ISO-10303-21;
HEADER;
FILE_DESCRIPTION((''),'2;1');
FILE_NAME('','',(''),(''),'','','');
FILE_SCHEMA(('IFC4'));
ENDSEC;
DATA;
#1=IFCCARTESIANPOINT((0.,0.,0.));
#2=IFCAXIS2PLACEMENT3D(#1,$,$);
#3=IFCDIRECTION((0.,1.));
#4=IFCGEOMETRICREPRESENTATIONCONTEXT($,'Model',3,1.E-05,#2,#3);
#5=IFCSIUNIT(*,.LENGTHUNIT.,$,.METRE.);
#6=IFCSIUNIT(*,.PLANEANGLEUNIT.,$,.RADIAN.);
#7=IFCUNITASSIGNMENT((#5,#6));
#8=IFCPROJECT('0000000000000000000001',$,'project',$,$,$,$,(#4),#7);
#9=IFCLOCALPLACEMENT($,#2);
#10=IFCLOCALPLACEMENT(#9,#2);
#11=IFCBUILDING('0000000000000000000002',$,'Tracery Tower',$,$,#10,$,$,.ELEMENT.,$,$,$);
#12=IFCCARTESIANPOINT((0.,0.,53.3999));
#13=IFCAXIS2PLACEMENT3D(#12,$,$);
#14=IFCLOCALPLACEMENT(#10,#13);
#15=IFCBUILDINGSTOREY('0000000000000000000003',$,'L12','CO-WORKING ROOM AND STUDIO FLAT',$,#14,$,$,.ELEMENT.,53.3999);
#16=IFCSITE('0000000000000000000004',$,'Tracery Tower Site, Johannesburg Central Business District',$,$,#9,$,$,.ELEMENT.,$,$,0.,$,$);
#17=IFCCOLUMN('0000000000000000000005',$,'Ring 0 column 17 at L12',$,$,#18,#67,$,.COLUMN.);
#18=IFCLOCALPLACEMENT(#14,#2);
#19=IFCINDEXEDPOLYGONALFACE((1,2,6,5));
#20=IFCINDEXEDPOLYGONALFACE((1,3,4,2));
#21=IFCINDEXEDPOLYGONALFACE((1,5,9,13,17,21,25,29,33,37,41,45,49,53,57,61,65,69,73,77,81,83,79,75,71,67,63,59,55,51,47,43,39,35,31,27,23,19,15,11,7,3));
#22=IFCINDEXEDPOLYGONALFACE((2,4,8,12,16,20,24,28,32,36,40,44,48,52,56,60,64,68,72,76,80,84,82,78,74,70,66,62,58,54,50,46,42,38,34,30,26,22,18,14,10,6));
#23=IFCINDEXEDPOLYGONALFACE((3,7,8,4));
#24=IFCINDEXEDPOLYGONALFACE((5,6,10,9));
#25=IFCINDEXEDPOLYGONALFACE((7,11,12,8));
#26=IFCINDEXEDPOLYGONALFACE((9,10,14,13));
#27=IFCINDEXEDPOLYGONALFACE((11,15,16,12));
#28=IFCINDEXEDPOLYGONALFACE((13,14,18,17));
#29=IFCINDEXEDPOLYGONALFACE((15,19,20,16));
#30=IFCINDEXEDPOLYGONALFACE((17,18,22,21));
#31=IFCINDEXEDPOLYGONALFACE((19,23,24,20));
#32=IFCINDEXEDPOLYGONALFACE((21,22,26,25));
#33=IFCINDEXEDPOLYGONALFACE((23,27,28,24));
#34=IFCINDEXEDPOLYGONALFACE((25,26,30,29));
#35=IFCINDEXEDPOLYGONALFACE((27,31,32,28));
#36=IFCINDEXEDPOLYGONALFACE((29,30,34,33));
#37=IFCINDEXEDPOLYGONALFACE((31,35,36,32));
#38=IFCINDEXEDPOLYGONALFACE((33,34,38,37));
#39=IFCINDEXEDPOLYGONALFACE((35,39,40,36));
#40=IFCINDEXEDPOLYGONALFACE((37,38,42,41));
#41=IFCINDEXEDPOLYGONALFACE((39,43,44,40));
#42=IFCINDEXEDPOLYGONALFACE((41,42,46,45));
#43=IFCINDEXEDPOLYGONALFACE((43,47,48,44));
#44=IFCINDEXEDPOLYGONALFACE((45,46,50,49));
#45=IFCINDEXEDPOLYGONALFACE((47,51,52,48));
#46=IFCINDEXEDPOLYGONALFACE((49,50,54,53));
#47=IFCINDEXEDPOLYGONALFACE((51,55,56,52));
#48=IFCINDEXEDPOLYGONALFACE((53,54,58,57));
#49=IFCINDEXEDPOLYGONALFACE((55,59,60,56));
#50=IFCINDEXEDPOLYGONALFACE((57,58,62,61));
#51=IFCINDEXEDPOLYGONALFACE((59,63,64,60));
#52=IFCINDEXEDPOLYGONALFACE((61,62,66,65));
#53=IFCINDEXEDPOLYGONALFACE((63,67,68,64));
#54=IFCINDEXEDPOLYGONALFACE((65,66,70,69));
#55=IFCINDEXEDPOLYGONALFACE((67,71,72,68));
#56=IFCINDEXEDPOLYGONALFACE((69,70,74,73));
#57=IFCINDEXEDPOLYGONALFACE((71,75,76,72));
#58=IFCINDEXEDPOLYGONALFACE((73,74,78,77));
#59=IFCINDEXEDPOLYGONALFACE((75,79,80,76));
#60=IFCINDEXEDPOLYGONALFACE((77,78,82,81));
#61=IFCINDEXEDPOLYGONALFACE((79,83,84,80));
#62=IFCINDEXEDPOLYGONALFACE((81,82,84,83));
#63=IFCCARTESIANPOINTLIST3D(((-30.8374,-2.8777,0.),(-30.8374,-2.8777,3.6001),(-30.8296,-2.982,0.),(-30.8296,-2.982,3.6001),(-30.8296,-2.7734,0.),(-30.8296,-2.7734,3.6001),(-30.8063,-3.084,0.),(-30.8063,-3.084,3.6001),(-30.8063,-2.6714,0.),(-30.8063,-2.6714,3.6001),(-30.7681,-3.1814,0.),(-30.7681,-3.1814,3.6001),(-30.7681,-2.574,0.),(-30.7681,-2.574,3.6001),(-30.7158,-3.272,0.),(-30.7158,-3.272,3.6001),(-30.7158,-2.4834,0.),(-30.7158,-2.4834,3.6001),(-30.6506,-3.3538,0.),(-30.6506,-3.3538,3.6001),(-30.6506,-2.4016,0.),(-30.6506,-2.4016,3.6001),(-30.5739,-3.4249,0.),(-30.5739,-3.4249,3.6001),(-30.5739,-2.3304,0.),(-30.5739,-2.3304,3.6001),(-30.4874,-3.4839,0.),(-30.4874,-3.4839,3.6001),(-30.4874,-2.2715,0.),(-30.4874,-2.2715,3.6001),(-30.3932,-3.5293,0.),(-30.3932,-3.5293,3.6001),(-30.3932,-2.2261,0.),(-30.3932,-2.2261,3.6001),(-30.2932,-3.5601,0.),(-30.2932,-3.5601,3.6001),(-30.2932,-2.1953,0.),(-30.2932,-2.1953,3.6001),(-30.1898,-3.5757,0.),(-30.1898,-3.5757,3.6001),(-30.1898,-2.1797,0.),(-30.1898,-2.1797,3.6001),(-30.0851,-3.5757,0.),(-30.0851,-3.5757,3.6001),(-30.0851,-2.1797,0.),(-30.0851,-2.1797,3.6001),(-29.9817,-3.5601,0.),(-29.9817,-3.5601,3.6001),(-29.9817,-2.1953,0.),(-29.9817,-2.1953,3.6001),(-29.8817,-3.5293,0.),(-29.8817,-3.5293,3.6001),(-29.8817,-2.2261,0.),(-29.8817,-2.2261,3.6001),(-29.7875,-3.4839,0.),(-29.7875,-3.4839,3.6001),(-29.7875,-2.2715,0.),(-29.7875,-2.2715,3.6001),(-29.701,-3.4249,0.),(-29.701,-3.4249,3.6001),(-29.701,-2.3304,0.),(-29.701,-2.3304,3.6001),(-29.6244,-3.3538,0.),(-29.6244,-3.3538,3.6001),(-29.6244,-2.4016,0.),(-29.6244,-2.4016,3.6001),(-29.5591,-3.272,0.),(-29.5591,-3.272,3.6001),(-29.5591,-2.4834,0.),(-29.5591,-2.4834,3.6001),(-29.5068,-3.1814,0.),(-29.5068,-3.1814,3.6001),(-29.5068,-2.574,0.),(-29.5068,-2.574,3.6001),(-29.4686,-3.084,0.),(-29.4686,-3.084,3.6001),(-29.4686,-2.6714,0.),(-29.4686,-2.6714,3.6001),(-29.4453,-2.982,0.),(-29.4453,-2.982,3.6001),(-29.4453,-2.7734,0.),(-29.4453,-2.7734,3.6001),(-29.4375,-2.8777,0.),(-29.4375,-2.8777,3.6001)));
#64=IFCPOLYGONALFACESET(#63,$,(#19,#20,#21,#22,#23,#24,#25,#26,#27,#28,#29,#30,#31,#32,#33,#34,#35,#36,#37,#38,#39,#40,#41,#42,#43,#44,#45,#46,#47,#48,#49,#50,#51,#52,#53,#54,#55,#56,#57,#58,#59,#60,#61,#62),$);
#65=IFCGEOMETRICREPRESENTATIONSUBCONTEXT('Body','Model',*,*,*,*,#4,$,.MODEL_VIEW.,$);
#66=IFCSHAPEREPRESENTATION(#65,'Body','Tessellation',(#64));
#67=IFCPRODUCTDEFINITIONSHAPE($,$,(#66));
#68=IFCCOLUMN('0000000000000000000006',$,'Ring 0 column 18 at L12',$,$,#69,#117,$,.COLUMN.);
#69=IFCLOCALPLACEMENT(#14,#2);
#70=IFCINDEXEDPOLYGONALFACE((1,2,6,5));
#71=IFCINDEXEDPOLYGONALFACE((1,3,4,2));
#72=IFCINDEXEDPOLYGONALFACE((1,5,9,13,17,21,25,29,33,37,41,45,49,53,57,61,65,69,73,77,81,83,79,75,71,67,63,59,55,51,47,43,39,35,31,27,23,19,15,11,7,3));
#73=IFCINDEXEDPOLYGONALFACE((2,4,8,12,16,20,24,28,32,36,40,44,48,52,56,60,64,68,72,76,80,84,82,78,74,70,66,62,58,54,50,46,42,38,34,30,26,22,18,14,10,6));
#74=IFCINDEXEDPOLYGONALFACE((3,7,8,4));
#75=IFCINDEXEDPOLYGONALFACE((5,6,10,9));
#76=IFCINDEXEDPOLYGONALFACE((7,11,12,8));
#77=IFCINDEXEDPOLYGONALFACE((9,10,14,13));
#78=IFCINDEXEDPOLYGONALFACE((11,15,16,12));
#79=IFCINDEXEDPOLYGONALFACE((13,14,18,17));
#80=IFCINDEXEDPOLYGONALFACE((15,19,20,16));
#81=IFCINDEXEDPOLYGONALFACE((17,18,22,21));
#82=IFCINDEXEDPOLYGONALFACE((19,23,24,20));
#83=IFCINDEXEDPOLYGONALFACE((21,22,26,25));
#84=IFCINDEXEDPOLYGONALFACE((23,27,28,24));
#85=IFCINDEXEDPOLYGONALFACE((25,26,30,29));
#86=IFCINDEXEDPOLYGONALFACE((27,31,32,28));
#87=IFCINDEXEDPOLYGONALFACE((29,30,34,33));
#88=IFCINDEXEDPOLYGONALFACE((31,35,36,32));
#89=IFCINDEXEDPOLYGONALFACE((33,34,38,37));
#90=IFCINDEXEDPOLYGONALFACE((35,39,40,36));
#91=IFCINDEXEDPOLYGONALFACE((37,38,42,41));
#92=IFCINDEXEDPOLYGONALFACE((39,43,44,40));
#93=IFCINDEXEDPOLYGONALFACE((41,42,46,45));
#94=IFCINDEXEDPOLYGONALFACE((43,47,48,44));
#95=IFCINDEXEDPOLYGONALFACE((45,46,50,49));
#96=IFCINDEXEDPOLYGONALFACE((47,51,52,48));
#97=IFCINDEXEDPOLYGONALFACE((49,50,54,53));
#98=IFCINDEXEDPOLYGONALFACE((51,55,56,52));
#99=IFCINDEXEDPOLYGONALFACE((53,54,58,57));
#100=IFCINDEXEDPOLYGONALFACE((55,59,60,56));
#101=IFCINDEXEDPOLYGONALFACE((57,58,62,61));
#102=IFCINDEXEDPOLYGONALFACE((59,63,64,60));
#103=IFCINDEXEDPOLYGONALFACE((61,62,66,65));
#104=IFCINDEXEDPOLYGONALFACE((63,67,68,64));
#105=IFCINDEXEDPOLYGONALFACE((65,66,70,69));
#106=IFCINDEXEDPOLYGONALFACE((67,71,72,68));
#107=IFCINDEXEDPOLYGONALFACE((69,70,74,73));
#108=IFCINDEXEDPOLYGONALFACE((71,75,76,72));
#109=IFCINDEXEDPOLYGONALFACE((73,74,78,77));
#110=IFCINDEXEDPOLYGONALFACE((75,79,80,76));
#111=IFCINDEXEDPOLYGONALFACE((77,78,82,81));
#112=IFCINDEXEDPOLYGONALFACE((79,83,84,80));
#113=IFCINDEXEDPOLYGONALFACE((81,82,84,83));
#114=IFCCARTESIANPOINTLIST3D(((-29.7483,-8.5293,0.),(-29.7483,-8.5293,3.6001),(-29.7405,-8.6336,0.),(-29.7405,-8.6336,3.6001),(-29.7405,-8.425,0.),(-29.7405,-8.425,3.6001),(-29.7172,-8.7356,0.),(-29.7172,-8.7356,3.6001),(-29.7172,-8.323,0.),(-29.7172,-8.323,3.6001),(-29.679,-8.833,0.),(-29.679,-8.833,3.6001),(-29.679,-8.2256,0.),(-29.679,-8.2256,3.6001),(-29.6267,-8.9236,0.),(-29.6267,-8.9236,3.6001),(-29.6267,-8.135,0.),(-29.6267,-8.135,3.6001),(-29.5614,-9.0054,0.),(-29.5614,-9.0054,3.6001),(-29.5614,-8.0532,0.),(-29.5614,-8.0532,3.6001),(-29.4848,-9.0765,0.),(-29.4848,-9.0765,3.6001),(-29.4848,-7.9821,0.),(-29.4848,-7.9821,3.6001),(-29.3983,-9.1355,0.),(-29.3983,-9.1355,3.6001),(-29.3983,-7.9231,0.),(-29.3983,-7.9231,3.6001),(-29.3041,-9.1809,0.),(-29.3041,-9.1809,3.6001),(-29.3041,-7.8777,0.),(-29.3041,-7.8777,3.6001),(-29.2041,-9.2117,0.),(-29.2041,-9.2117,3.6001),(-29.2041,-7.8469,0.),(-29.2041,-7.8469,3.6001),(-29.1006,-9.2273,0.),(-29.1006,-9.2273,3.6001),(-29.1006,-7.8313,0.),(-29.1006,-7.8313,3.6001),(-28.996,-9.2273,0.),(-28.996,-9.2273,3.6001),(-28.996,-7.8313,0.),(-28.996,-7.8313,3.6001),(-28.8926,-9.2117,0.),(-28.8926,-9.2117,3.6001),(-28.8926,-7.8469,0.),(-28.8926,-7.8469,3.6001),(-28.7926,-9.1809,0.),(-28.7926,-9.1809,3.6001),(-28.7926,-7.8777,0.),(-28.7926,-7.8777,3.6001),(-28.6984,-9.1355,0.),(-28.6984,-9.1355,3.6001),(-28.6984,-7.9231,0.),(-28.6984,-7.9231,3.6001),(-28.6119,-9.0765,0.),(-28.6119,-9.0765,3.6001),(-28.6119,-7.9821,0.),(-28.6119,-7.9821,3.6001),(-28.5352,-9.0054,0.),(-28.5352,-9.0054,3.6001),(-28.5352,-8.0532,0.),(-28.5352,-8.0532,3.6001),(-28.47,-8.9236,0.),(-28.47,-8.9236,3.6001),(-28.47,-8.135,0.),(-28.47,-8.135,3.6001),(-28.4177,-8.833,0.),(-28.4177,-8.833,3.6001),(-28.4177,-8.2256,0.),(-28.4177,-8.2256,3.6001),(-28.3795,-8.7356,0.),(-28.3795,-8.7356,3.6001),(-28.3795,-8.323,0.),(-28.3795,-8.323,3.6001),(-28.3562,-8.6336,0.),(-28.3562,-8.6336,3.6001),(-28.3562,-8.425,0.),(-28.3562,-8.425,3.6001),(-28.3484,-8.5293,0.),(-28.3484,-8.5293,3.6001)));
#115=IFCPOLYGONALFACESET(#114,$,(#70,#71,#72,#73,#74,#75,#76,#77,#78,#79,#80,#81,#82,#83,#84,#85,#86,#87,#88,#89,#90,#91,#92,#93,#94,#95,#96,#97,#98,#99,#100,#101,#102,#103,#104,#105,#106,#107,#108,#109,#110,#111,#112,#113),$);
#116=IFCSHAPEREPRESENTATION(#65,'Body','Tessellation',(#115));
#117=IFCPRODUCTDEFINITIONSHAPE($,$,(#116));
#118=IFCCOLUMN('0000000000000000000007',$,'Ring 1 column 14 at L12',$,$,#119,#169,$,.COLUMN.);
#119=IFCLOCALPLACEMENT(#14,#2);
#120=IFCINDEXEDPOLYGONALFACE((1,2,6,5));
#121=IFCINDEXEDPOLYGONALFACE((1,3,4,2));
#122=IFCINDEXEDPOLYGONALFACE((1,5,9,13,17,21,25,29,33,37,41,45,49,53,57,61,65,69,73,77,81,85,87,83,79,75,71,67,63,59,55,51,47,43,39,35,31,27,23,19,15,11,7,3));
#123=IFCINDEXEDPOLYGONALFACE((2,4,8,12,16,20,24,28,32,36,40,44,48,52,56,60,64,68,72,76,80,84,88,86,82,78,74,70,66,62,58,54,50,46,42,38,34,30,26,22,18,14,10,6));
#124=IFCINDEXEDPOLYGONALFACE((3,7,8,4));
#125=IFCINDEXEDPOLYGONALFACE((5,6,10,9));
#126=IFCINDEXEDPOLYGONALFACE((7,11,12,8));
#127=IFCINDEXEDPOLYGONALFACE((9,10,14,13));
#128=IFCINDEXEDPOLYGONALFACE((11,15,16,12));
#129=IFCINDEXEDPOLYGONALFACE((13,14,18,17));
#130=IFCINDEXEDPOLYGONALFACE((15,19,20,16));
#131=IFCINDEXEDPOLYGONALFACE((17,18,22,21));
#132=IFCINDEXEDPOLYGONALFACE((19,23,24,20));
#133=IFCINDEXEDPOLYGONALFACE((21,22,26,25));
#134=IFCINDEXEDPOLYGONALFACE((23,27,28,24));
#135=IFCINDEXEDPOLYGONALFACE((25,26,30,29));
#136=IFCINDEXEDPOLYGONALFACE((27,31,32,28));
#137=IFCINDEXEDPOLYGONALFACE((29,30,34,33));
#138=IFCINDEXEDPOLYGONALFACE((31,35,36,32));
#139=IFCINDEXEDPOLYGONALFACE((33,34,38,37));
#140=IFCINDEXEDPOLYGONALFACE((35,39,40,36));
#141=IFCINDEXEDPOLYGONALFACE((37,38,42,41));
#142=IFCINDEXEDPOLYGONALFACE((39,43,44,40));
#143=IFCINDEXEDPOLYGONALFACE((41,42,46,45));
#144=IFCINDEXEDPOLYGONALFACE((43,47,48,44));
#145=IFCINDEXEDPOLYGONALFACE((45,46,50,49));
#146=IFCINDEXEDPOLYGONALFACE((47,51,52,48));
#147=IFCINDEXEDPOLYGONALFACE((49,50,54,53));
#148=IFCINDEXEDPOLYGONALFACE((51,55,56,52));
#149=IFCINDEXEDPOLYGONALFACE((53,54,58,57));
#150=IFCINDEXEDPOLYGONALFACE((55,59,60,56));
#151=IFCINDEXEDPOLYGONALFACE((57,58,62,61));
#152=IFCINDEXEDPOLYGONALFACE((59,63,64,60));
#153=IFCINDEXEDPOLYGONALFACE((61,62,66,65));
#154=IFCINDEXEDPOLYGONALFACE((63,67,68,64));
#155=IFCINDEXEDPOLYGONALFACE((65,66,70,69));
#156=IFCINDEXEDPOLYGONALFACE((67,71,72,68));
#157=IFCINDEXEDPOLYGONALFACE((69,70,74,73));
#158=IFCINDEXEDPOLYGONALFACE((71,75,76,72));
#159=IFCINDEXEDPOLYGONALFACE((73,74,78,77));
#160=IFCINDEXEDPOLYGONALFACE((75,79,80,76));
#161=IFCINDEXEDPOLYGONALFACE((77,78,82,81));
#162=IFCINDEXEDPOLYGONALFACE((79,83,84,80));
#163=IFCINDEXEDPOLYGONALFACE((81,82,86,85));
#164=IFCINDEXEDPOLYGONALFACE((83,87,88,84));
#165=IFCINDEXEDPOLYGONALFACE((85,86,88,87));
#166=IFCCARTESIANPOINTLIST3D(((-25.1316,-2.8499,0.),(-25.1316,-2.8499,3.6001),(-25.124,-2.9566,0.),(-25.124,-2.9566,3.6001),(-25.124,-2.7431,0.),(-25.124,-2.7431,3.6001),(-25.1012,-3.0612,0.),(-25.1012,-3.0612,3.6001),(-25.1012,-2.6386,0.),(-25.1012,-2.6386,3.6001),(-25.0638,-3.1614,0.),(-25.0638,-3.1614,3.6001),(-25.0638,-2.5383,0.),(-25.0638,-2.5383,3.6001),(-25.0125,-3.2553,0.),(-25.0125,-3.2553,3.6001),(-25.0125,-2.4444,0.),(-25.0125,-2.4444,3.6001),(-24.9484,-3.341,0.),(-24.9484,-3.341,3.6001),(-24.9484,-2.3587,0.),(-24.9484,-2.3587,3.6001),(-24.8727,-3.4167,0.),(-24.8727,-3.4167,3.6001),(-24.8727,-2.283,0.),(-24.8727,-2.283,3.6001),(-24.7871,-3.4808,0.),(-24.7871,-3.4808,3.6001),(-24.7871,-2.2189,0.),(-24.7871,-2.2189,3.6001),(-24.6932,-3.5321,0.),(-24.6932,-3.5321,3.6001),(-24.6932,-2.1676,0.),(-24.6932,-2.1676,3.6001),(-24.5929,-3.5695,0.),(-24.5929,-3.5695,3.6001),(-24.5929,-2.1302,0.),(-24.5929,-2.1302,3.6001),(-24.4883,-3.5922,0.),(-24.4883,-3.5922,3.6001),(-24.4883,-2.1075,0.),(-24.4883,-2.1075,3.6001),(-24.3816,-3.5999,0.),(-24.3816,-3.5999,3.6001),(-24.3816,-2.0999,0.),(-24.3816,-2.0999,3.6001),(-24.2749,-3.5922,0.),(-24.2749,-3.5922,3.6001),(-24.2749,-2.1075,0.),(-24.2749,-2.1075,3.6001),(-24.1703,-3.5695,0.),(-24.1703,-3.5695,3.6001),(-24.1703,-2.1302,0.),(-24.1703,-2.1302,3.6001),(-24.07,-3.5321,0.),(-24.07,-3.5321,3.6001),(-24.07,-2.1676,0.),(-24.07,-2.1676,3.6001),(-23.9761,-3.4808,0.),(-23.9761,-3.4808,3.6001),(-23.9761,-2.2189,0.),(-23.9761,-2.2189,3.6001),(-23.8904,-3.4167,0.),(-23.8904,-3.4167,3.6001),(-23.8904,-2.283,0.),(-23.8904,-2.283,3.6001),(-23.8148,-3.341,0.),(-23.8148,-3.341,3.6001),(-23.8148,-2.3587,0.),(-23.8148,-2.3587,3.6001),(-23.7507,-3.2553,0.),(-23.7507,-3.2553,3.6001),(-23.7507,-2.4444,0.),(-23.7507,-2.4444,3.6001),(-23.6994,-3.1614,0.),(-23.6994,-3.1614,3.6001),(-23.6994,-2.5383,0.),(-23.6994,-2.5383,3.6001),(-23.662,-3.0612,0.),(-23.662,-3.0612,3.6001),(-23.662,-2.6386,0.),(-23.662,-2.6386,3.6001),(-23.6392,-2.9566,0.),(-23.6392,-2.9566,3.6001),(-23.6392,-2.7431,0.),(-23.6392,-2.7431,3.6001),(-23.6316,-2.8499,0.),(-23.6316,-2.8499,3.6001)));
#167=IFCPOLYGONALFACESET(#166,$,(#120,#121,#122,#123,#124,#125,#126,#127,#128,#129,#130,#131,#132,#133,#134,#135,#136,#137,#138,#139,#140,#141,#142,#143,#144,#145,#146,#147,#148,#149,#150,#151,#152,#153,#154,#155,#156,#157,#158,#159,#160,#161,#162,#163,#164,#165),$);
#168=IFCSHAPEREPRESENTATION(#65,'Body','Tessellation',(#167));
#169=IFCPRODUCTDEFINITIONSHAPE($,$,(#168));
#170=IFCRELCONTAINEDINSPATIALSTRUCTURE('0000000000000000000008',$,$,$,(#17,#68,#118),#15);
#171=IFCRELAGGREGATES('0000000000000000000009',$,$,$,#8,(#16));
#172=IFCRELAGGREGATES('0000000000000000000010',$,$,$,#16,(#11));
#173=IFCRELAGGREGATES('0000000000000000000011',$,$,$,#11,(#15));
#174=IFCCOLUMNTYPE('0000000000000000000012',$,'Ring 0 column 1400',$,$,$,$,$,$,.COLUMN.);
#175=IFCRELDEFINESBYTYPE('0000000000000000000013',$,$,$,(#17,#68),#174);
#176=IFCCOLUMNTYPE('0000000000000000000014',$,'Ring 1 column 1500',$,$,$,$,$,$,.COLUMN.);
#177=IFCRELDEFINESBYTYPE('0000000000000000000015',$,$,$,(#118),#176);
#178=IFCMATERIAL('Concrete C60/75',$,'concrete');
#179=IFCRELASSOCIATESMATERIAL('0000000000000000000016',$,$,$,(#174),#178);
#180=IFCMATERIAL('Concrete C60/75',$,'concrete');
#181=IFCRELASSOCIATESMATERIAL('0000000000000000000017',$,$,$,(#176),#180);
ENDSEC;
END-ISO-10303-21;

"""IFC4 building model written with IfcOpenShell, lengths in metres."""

from ifc_helpers import new_model, si_unit, direction, frame, origin, origin_2d, place, context, subcontext, project, spatial, circle, extrude, material, material_profile, profile_set, type_object, element, save


model = new_model("IFC4")

# Units and contexts
model_context = context("Model", 3, precision=1e-05, world=origin(), true_north=direction((0.0, 1.0)))
body_context = subcontext(model_context, "Body", "Model", "MODEL_VIEW")
ifc_project = project(units=[si_unit("LENGTHUNIT", "METRE"), si_unit("PLANEANGLEUNIT", "RADIAN")], contexts=[model_context])

# Site, building, storey
site_placement = place(None, origin())
site = spatial("IfcSite", under=ifc_project, at=site_placement, Name="Tracery Tower Site, Johannesburg Central Business District", CompositionType="ELEMENT", RefElevation=0.0)
building_placement = place(site_placement, origin())
building = spatial("IfcBuilding", under=site, at=building_placement, Name="Tracery Tower", CompositionType="ELEMENT")
storey_placement = place(building_placement, frame((0.0, 0.0, 53.3999)))
storey = spatial("IfcBuildingStorey", under=building, at=storey_placement, Name="L12", Description="CO-WORKING ROOM AND STUDIO FLAT", CompositionType="ELEMENT", Elevation=53.3999)

# Columns
ifc_material_1 = material(Name="Concrete C60/75", Category="concrete")
ifc_material_profile_1 = material_profile(ifc_material_1, circle(Radius=0.7, at=origin_2d()), Name="RC D1400")
ifc_profile_set_1 = profile_set([ifc_material_profile_1], Name="Concrete C60/75")
column_type_1 = type_object("IfcColumnType", Name="Ring 0 column 1400", PredefinedType="COLUMN", material=ifc_profile_set_1)
for number, where, z_axis, x_axis, name in (
    (1, (-30.1375, -2.8777, 0.0), (0.0, 0.0, 1.0), (1.0, 0.0, 0.0), "Ring 0 column 17 at L12"),
    (2, (-29.0483, -8.5293, 0.0), (0.0, 0.0, 1.0), (1.0, 0.0, 0.0), "Ring 0 column 18 at L12"),
):
    element("IfcColumn", number, at=place(storey_placement, frame(where, z_axis=z_axis, x_axis=x_axis)), inside=storey, type_object=column_type_1, Name=name, PredefinedType="COLUMN", context=body_context, shape_type="SweptSolid", body=[
        extrude(circle(Radius=0.7, at=origin_2d()), origin(), (0.0, 0.0, 1.0), 3.6001),
    ])
ifc_material_2 = material(Name="Concrete C60/75", Category="concrete")
ifc_material_profile_2 = material_profile(ifc_material_2, circle(Radius=0.75, at=origin_2d()), Name="RC D1500")
ifc_profile_set_2 = profile_set([ifc_material_profile_2], Name="Concrete C60/75")
column_type_2 = type_object("IfcColumnType", Name="Ring 1 column 1500", PredefinedType="COLUMN", material=ifc_profile_set_2)
for number, where, z_axis, x_axis, name in (
    (3, (-24.3816, -2.8499, 0.0), (0.0, 0.0, 1.0), (1.0, 0.0, 0.0), "Ring 1 column 14 at L12"),
):
    element("IfcColumn", number, at=place(storey_placement, frame(where, z_axis=z_axis, x_axis=x_axis)), inside=storey, type_object=column_type_2, Name=name, PredefinedType="COLUMN", context=body_context, shape_type="SweptSolid", body=[
        extrude(circle(Radius=0.75, at=origin_2d()), origin(), (0.0, 0.0, 1.0), 3.6001),
    ])

save(model, "model.ifc")
